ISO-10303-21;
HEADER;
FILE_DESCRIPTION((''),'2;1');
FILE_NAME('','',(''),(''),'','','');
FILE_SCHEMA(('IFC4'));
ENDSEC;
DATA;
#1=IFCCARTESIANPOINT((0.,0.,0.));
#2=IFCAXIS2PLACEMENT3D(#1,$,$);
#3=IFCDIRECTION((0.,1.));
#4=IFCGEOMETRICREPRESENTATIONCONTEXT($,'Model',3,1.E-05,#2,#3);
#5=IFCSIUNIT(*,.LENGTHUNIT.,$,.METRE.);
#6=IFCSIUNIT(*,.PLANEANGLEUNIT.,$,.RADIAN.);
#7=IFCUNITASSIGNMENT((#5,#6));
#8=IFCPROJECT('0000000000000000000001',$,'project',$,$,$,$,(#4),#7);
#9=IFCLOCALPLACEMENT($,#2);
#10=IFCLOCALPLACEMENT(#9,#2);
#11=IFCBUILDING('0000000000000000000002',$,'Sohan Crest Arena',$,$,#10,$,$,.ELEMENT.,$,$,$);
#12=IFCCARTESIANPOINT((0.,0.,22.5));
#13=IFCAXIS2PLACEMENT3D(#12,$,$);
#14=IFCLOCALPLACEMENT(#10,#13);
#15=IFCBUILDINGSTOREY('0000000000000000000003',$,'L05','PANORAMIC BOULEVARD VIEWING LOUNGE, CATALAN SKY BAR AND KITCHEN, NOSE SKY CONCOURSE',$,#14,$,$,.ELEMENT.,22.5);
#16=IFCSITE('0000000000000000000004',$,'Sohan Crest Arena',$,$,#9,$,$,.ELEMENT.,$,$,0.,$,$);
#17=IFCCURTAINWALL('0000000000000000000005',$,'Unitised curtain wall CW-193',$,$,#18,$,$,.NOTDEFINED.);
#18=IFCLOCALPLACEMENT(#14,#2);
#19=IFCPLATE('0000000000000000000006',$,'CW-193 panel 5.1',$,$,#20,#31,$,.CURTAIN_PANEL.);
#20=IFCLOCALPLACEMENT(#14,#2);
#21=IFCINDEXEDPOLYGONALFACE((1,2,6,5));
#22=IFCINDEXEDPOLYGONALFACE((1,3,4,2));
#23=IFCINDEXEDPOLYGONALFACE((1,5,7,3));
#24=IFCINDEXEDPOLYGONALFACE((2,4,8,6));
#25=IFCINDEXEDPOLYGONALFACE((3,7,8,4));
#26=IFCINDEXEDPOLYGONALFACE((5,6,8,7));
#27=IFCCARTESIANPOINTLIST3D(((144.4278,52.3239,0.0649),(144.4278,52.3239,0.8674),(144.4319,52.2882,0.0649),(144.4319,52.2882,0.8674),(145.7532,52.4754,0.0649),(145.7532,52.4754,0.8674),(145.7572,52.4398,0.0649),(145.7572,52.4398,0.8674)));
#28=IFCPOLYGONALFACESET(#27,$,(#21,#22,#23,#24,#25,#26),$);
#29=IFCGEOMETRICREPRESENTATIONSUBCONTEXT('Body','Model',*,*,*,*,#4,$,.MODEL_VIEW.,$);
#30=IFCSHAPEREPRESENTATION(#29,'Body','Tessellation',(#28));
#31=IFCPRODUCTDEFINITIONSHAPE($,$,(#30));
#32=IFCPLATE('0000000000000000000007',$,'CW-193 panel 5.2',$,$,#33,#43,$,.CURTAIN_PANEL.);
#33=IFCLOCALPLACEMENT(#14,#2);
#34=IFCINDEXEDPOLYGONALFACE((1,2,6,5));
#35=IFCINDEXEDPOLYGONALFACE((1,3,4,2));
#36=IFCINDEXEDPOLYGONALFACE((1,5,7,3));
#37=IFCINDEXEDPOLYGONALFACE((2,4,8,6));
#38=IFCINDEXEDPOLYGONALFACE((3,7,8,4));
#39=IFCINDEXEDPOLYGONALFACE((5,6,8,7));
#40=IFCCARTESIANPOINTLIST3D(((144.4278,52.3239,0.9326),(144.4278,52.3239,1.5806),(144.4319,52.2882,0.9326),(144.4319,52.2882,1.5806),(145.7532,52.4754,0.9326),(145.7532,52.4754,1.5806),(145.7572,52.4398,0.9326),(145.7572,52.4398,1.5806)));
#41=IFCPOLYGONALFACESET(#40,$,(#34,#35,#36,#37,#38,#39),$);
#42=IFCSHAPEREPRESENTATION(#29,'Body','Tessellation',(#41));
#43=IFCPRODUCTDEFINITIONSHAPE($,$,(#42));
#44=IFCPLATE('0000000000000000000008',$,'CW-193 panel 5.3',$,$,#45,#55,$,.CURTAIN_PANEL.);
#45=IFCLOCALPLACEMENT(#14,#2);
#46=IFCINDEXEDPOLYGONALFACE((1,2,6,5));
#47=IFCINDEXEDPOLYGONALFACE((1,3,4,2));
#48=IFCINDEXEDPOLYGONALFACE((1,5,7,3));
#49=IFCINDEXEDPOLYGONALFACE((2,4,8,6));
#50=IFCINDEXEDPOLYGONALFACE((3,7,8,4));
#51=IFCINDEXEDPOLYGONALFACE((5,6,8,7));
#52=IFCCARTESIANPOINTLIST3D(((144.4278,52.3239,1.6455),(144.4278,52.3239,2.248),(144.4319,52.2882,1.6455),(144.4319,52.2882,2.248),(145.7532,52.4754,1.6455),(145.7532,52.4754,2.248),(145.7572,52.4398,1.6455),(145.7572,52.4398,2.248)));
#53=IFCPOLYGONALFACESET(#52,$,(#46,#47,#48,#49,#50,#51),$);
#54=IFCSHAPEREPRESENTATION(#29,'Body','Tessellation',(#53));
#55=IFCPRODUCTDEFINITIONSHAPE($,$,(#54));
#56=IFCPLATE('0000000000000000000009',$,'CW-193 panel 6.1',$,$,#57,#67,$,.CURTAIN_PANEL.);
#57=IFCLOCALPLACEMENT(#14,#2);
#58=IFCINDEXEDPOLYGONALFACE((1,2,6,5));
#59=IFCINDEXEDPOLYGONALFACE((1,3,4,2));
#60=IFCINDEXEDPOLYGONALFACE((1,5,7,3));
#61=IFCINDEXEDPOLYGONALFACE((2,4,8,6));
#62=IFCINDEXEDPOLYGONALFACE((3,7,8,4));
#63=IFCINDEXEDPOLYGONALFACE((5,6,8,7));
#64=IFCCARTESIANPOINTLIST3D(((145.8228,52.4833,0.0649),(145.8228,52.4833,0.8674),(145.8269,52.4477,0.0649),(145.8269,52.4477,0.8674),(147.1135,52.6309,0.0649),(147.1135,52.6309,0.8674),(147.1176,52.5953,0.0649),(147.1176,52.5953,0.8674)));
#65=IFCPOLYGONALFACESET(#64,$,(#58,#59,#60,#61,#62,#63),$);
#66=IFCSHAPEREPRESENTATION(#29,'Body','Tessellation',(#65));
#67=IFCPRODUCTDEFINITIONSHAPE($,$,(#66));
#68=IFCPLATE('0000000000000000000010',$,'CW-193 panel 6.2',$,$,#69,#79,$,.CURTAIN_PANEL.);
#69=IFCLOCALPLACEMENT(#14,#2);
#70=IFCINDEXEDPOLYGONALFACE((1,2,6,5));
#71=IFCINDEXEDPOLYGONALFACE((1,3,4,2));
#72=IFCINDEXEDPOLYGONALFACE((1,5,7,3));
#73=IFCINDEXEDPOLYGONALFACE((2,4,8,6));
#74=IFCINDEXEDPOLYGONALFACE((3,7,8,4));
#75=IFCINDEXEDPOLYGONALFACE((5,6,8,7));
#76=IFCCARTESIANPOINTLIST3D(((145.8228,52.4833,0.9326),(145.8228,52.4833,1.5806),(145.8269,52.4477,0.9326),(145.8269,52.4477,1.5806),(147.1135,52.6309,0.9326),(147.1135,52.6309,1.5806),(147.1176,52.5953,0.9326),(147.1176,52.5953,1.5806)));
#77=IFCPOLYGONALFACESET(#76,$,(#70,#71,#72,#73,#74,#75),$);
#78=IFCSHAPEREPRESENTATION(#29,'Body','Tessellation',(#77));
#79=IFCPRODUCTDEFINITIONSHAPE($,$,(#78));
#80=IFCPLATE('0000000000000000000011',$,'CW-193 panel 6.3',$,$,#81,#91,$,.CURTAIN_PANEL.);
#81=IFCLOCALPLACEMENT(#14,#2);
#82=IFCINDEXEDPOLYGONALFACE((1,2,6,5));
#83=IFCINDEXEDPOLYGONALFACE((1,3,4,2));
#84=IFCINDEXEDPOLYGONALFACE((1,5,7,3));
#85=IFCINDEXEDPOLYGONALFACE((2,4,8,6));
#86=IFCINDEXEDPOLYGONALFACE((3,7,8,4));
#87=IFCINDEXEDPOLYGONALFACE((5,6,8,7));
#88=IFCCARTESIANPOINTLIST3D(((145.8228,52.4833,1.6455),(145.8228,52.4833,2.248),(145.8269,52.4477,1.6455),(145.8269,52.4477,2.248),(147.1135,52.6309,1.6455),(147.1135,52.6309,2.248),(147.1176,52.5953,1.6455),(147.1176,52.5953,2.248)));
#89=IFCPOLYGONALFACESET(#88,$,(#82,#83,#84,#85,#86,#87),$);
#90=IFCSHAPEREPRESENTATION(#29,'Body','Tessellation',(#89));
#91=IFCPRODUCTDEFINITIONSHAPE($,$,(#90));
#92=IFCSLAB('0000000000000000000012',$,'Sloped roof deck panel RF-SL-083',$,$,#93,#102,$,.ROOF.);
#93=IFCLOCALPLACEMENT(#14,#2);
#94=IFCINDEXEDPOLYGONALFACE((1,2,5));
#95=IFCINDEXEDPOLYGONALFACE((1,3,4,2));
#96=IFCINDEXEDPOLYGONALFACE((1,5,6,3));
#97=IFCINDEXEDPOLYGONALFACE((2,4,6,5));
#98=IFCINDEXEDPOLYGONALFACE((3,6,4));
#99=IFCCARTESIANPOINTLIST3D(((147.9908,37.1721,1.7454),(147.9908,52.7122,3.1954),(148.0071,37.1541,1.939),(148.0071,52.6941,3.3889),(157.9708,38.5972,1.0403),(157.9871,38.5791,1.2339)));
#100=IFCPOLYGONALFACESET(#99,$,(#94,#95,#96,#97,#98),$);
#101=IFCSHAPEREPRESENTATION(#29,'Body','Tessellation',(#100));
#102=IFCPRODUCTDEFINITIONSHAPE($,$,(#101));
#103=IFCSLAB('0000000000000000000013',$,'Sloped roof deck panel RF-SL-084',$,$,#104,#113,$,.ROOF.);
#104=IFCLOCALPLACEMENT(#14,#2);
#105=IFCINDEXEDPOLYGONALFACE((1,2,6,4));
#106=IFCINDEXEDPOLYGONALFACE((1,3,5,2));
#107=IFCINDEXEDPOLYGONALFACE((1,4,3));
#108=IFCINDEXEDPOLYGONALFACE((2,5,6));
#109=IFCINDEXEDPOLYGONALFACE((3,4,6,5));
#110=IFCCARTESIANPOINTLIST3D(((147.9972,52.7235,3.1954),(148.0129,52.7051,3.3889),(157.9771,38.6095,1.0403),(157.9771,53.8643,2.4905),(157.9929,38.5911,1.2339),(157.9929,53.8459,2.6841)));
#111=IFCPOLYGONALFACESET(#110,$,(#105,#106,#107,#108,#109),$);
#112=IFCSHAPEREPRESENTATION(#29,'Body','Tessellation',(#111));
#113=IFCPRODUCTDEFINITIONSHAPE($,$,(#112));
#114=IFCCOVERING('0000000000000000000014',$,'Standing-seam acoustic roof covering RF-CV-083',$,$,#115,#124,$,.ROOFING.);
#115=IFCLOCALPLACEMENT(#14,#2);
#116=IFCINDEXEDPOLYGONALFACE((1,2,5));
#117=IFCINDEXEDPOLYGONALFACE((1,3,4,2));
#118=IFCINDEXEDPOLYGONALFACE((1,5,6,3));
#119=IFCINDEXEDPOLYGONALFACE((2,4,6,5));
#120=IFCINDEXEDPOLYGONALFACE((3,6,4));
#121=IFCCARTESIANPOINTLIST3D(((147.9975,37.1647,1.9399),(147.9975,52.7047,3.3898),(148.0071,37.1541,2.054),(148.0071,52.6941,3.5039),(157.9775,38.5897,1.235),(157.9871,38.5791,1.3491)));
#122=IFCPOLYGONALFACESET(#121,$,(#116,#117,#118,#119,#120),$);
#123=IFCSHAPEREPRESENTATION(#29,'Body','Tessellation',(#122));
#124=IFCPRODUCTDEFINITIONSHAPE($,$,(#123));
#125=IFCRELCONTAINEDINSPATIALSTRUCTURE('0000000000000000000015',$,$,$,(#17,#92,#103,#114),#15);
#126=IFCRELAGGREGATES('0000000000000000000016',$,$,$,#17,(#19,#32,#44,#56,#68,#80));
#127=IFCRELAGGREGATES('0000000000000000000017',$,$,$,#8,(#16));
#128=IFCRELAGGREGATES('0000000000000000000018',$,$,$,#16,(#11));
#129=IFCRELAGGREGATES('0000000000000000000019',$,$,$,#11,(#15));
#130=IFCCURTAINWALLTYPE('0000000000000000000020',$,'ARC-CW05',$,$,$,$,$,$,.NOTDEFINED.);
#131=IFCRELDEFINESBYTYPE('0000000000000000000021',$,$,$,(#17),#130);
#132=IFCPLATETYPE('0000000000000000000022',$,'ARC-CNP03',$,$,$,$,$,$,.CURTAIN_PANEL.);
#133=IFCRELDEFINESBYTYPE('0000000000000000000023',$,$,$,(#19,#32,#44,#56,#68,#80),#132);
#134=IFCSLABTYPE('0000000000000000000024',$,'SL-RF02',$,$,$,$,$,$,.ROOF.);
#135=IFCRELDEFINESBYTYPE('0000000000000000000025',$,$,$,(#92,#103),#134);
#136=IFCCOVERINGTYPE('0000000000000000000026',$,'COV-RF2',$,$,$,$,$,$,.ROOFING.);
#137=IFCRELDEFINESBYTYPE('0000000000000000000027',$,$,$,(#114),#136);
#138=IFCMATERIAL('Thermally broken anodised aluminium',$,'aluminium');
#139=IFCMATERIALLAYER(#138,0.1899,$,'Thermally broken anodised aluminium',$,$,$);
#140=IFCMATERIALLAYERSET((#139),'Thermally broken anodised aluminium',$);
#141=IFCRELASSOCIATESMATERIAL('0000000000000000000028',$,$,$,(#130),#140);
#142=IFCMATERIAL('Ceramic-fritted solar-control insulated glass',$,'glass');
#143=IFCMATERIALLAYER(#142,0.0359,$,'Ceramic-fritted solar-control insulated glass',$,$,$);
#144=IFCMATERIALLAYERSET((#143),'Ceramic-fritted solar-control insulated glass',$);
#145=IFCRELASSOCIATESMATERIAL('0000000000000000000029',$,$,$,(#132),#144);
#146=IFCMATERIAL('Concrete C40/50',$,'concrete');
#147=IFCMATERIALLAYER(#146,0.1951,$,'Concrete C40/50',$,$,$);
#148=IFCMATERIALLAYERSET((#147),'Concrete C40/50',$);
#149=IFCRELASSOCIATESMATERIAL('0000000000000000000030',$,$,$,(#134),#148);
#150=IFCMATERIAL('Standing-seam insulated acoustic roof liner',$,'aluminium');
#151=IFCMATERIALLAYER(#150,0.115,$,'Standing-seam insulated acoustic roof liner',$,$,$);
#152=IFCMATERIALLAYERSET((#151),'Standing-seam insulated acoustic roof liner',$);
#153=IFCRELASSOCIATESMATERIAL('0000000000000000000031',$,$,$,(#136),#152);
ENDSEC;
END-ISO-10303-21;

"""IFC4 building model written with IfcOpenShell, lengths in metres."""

from ifc_helpers import new_model, si_unit, direction, frame, origin, origin_2d, place, context, subcontext, project, spatial, polyline, rectangle, outline, extrude, material, layer, layer_set, type_object, element, aggregate, save


model = new_model("IFC4")

# Units and contexts
model_context = context("Model", 3, precision=1e-05, world=origin(), true_north=direction((0.0, 1.0)))
body_context = subcontext(model_context, "Body", "Model", "MODEL_VIEW")
ifc_project = project(units=[si_unit("LENGTHUNIT", "METRE"), si_unit("PLANEANGLEUNIT", "RADIAN")], contexts=[model_context])

# Site, building, storey
site_placement = place(None, origin())
site = spatial("IfcSite", under=ifc_project, at=site_placement, Name="Sohan Crest Arena", CompositionType="ELEMENT", RefElevation=0.0)
building_placement = place(site_placement, origin())
building = spatial("IfcBuilding", under=site, at=building_placement, Name="Sohan Crest Arena", CompositionType="ELEMENT")
storey_placement = place(building_placement, frame((0.0, 0.0, 22.5)))
storey = spatial("IfcBuildingStorey", under=building, at=storey_placement, Name="L05", Description="PANORAMIC BOULEVARD VIEWING LOUNGE, CATALAN SKY BAR AND KITCHEN, NOSE SKY CONCOURSE", CompositionType="ELEMENT", Elevation=22.5)

# Shared definitions
ifc_material_1 = material(Name="Concrete C40/50", Category="concrete")

# Curtain wall
ifc_material_2 = material(Name="Thermally broken anodised aluminium", Category="aluminium")
ifc_layer_1 = layer(ifc_material_2, 0.1899, Name="Thermally broken anodised aluminium")
ifc_layer_set_1 = layer_set([ifc_layer_1], Name="Thermally broken anodised aluminium")
curtain_wall_type = type_object("IfcCurtainWallType", Name="ARC-CW05", PredefinedType="NOTDEFINED", material=ifc_layer_set_1)
curtain_wall_placement = place(storey_placement, origin())
curtain_wall = element("IfcCurtainWall", 1, at=curtain_wall_placement, inside=storey, type_object=curtain_wall_type, Name="Unitised curtain wall CW-193", PredefinedType="NOTDEFINED")

# Plates
ifc_material_3 = material(Name="Ceramic-fritted solar-control insulated glass", Category="glass")
ifc_layer_2 = layer(ifc_material_3, 0.0359, Name="Ceramic-fritted solar-control insulated glass")
ifc_layer_set_2 = layer_set([ifc_layer_2], Name="Ceramic-fritted solar-control insulated glass")
plate_type = type_object("IfcPlateType", Name="ARC-CNP03", PredefinedType="CURTAIN_PANEL", material=ifc_layer_set_2)
plate_1_placement = place(storey_placement, frame((145.0925, 52.3818, 0.0649), z_axis=(0.0, 0.0, 1.0), x_axis=(0.993527, 0.113597, 0.0)))
plate_1 = element("IfcPlate", 2, at=plate_1_placement, type_object=plate_type, Name="CW-193 panel 5.1", PredefinedType="CURTAIN_PANEL", context=body_context, shape_type="SweptSolid", body=[
    extrude(rectangle(XDim=1.334, YDim=0.0359, at=origin_2d()), origin(), (0.0, 0.0, 1.0), 0.8025),
])
plate_2_placement = place(storey_placement, frame((145.0925, 52.3818, 0.9326), z_axis=(0.0, 0.0, 1.0), x_axis=(0.993527, 0.113597, 0.0)))
plate_2 = element("IfcPlate", 3, at=plate_2_placement, type_object=plate_type, Name="CW-193 panel 5.2", PredefinedType="CURTAIN_PANEL", context=body_context, shape_type="SweptSolid", body=[
    extrude(rectangle(XDim=1.334, YDim=0.0359, at=origin_2d()), origin(), (0.0, 0.0, 1.0), 0.6479),
])
plate_3_placement = place(storey_placement, frame((145.0925, 52.3818, 1.6455), z_axis=(0.0, 0.0, 1.0), x_axis=(0.993527, 0.113597, 0.0)))
plate_3 = element("IfcPlate", 4, at=plate_3_placement, type_object=plate_type, Name="CW-193 panel 5.3", PredefinedType="CURTAIN_PANEL", context=body_context, shape_type="SweptSolid", body=[
    extrude(rectangle(XDim=1.334, YDim=0.0359, at=origin_2d()), origin(), (0.0, 0.0, 1.0), 0.6025),
])
plate_4_placement = place(storey_placement, frame((146.4702, 52.5393, 0.0649), z_axis=(0.0, 0.0, 1.0), x_axis=(0.993527, 0.113597, 0.0)))
plate_4 = element("IfcPlate", 5, at=plate_4_placement, type_object=plate_type, Name="CW-193 panel 6.1", PredefinedType="CURTAIN_PANEL", context=body_context, shape_type="SweptSolid", body=[
    extrude(rectangle(XDim=1.2991, YDim=0.0359, at=origin_2d()), origin(), (0.0, 0.0, 1.0), 0.8025),
])
plate_5_placement = place(storey_placement, frame((146.4702, 52.5393, 0.9326), z_axis=(0.0, 0.0, 1.0), x_axis=(0.993527, 0.113597, 0.0)))
plate_5 = element("IfcPlate", 6, at=plate_5_placement, type_object=plate_type, Name="CW-193 panel 6.2", PredefinedType="CURTAIN_PANEL", context=body_context, shape_type="SweptSolid", body=[
    extrude(rectangle(XDim=1.2991, YDim=0.0359, at=origin_2d()), origin(), (0.0, 0.0, 1.0), 0.6479),
])
plate_6_placement = place(storey_placement, frame((146.4702, 52.5393, 1.6455), z_axis=(0.0, 0.0, 1.0), x_axis=(0.993527, 0.113597, 0.0)))
plate_6 = element("IfcPlate", 7, at=plate_6_placement, type_object=plate_type, Name="CW-193 panel 6.3", PredefinedType="CURTAIN_PANEL", context=body_context, shape_type="SweptSolid", body=[
    extrude(rectangle(XDim=1.2991, YDim=0.0359, at=origin_2d()), origin(), (0.0, 0.0, 1.0), 0.6025),
])
aggregate(curtain_wall, [plate_1, plate_2, plate_3, plate_4, plate_5, plate_6])

# Slabs
ifc_layer_3 = layer(ifc_material_1, 0.1951, Name="Concrete C40/50")
ifc_layer_set_3 = layer_set([ifc_layer_3], Name="Concrete C40/50")
slab_type = type_object("IfcSlabType", Name="SL-RF02", PredefinedType="ROOF", material=ifc_layer_set_3)
slab_1_placement = place(storey_placement, frame((148.0071, 52.6941, 3.3889), z_axis=(0.083318, -0.092578, 0.992213), x_axis=(0.0, -0.995675, -0.092901)))
element("IfcSlab", 8, at=slab_1_placement, inside=storey, type_object=slab_type, Name="Sloped roof deck panel RF-SL-083", PredefinedType="ROOF", context=body_context, shape_type="SweptSolid", body=[
    extrude(outline(polyline([(0.0, 0.0), (15.6075, 0.0), (14.2542, 10.0148), (0.0, 0.0)])), origin(), (0.0, 0.0, -1.0), 0.1951),
])
slab_2_placement = place(storey_placement, frame((148.0129, 52.7051, 3.3889), z_axis=(0.080861, -0.094328, 0.992252), x_axis=(0.57291, -0.810228, -0.123711)))
element("IfcSlab", 9, at=slab_2_placement, inside=storey, type_object=slab_type, Name="Sloped roof deck panel RF-SL-084", PredefinedType="ROOF", context=body_context, shape_type="SweptSolid", body=[
    extrude(outline(polyline([(0.0, 0.0), (17.4198, 0.0), (4.8805, 8.8079), (0.0, 0.0)])), origin(), (0.0, 0.0, -1.0), 0.1951),
])

# Covering
ifc_material_4 = material(Name="Standing-seam insulated acoustic roof liner", Category="aluminium")
ifc_layer_4 = layer(ifc_material_4, 0.115, Name="Standing-seam insulated acoustic roof liner")
ifc_layer_set_4 = layer_set([ifc_layer_4], Name="Standing-seam insulated acoustic roof liner")
covering_type = type_object("IfcCoveringType", Name="COV-RF2", PredefinedType="ROOFING", material=ifc_layer_set_4)
covering_placement = place(storey_placement, frame((148.0071, 52.6941, 3.5039), z_axis=(0.083294, -0.092578, 0.992215), x_axis=(0.0, -0.995675, -0.092901)))
element("IfcCovering", 10, at=covering_placement, inside=storey, type_object=covering_type, Name="Standing-seam acoustic roof covering RF-CV-083", PredefinedType="ROOFING", context=body_context, shape_type="SweptSolid", body=[
    extrude(outline(polyline([(0.0, 0.0), (15.6075, 0.0), (14.2541, 10.0148), (0.0, 0.0)])), origin(), (0.0, 0.0, -1.0), 0.115),
])

save(model, "model.ifc")
